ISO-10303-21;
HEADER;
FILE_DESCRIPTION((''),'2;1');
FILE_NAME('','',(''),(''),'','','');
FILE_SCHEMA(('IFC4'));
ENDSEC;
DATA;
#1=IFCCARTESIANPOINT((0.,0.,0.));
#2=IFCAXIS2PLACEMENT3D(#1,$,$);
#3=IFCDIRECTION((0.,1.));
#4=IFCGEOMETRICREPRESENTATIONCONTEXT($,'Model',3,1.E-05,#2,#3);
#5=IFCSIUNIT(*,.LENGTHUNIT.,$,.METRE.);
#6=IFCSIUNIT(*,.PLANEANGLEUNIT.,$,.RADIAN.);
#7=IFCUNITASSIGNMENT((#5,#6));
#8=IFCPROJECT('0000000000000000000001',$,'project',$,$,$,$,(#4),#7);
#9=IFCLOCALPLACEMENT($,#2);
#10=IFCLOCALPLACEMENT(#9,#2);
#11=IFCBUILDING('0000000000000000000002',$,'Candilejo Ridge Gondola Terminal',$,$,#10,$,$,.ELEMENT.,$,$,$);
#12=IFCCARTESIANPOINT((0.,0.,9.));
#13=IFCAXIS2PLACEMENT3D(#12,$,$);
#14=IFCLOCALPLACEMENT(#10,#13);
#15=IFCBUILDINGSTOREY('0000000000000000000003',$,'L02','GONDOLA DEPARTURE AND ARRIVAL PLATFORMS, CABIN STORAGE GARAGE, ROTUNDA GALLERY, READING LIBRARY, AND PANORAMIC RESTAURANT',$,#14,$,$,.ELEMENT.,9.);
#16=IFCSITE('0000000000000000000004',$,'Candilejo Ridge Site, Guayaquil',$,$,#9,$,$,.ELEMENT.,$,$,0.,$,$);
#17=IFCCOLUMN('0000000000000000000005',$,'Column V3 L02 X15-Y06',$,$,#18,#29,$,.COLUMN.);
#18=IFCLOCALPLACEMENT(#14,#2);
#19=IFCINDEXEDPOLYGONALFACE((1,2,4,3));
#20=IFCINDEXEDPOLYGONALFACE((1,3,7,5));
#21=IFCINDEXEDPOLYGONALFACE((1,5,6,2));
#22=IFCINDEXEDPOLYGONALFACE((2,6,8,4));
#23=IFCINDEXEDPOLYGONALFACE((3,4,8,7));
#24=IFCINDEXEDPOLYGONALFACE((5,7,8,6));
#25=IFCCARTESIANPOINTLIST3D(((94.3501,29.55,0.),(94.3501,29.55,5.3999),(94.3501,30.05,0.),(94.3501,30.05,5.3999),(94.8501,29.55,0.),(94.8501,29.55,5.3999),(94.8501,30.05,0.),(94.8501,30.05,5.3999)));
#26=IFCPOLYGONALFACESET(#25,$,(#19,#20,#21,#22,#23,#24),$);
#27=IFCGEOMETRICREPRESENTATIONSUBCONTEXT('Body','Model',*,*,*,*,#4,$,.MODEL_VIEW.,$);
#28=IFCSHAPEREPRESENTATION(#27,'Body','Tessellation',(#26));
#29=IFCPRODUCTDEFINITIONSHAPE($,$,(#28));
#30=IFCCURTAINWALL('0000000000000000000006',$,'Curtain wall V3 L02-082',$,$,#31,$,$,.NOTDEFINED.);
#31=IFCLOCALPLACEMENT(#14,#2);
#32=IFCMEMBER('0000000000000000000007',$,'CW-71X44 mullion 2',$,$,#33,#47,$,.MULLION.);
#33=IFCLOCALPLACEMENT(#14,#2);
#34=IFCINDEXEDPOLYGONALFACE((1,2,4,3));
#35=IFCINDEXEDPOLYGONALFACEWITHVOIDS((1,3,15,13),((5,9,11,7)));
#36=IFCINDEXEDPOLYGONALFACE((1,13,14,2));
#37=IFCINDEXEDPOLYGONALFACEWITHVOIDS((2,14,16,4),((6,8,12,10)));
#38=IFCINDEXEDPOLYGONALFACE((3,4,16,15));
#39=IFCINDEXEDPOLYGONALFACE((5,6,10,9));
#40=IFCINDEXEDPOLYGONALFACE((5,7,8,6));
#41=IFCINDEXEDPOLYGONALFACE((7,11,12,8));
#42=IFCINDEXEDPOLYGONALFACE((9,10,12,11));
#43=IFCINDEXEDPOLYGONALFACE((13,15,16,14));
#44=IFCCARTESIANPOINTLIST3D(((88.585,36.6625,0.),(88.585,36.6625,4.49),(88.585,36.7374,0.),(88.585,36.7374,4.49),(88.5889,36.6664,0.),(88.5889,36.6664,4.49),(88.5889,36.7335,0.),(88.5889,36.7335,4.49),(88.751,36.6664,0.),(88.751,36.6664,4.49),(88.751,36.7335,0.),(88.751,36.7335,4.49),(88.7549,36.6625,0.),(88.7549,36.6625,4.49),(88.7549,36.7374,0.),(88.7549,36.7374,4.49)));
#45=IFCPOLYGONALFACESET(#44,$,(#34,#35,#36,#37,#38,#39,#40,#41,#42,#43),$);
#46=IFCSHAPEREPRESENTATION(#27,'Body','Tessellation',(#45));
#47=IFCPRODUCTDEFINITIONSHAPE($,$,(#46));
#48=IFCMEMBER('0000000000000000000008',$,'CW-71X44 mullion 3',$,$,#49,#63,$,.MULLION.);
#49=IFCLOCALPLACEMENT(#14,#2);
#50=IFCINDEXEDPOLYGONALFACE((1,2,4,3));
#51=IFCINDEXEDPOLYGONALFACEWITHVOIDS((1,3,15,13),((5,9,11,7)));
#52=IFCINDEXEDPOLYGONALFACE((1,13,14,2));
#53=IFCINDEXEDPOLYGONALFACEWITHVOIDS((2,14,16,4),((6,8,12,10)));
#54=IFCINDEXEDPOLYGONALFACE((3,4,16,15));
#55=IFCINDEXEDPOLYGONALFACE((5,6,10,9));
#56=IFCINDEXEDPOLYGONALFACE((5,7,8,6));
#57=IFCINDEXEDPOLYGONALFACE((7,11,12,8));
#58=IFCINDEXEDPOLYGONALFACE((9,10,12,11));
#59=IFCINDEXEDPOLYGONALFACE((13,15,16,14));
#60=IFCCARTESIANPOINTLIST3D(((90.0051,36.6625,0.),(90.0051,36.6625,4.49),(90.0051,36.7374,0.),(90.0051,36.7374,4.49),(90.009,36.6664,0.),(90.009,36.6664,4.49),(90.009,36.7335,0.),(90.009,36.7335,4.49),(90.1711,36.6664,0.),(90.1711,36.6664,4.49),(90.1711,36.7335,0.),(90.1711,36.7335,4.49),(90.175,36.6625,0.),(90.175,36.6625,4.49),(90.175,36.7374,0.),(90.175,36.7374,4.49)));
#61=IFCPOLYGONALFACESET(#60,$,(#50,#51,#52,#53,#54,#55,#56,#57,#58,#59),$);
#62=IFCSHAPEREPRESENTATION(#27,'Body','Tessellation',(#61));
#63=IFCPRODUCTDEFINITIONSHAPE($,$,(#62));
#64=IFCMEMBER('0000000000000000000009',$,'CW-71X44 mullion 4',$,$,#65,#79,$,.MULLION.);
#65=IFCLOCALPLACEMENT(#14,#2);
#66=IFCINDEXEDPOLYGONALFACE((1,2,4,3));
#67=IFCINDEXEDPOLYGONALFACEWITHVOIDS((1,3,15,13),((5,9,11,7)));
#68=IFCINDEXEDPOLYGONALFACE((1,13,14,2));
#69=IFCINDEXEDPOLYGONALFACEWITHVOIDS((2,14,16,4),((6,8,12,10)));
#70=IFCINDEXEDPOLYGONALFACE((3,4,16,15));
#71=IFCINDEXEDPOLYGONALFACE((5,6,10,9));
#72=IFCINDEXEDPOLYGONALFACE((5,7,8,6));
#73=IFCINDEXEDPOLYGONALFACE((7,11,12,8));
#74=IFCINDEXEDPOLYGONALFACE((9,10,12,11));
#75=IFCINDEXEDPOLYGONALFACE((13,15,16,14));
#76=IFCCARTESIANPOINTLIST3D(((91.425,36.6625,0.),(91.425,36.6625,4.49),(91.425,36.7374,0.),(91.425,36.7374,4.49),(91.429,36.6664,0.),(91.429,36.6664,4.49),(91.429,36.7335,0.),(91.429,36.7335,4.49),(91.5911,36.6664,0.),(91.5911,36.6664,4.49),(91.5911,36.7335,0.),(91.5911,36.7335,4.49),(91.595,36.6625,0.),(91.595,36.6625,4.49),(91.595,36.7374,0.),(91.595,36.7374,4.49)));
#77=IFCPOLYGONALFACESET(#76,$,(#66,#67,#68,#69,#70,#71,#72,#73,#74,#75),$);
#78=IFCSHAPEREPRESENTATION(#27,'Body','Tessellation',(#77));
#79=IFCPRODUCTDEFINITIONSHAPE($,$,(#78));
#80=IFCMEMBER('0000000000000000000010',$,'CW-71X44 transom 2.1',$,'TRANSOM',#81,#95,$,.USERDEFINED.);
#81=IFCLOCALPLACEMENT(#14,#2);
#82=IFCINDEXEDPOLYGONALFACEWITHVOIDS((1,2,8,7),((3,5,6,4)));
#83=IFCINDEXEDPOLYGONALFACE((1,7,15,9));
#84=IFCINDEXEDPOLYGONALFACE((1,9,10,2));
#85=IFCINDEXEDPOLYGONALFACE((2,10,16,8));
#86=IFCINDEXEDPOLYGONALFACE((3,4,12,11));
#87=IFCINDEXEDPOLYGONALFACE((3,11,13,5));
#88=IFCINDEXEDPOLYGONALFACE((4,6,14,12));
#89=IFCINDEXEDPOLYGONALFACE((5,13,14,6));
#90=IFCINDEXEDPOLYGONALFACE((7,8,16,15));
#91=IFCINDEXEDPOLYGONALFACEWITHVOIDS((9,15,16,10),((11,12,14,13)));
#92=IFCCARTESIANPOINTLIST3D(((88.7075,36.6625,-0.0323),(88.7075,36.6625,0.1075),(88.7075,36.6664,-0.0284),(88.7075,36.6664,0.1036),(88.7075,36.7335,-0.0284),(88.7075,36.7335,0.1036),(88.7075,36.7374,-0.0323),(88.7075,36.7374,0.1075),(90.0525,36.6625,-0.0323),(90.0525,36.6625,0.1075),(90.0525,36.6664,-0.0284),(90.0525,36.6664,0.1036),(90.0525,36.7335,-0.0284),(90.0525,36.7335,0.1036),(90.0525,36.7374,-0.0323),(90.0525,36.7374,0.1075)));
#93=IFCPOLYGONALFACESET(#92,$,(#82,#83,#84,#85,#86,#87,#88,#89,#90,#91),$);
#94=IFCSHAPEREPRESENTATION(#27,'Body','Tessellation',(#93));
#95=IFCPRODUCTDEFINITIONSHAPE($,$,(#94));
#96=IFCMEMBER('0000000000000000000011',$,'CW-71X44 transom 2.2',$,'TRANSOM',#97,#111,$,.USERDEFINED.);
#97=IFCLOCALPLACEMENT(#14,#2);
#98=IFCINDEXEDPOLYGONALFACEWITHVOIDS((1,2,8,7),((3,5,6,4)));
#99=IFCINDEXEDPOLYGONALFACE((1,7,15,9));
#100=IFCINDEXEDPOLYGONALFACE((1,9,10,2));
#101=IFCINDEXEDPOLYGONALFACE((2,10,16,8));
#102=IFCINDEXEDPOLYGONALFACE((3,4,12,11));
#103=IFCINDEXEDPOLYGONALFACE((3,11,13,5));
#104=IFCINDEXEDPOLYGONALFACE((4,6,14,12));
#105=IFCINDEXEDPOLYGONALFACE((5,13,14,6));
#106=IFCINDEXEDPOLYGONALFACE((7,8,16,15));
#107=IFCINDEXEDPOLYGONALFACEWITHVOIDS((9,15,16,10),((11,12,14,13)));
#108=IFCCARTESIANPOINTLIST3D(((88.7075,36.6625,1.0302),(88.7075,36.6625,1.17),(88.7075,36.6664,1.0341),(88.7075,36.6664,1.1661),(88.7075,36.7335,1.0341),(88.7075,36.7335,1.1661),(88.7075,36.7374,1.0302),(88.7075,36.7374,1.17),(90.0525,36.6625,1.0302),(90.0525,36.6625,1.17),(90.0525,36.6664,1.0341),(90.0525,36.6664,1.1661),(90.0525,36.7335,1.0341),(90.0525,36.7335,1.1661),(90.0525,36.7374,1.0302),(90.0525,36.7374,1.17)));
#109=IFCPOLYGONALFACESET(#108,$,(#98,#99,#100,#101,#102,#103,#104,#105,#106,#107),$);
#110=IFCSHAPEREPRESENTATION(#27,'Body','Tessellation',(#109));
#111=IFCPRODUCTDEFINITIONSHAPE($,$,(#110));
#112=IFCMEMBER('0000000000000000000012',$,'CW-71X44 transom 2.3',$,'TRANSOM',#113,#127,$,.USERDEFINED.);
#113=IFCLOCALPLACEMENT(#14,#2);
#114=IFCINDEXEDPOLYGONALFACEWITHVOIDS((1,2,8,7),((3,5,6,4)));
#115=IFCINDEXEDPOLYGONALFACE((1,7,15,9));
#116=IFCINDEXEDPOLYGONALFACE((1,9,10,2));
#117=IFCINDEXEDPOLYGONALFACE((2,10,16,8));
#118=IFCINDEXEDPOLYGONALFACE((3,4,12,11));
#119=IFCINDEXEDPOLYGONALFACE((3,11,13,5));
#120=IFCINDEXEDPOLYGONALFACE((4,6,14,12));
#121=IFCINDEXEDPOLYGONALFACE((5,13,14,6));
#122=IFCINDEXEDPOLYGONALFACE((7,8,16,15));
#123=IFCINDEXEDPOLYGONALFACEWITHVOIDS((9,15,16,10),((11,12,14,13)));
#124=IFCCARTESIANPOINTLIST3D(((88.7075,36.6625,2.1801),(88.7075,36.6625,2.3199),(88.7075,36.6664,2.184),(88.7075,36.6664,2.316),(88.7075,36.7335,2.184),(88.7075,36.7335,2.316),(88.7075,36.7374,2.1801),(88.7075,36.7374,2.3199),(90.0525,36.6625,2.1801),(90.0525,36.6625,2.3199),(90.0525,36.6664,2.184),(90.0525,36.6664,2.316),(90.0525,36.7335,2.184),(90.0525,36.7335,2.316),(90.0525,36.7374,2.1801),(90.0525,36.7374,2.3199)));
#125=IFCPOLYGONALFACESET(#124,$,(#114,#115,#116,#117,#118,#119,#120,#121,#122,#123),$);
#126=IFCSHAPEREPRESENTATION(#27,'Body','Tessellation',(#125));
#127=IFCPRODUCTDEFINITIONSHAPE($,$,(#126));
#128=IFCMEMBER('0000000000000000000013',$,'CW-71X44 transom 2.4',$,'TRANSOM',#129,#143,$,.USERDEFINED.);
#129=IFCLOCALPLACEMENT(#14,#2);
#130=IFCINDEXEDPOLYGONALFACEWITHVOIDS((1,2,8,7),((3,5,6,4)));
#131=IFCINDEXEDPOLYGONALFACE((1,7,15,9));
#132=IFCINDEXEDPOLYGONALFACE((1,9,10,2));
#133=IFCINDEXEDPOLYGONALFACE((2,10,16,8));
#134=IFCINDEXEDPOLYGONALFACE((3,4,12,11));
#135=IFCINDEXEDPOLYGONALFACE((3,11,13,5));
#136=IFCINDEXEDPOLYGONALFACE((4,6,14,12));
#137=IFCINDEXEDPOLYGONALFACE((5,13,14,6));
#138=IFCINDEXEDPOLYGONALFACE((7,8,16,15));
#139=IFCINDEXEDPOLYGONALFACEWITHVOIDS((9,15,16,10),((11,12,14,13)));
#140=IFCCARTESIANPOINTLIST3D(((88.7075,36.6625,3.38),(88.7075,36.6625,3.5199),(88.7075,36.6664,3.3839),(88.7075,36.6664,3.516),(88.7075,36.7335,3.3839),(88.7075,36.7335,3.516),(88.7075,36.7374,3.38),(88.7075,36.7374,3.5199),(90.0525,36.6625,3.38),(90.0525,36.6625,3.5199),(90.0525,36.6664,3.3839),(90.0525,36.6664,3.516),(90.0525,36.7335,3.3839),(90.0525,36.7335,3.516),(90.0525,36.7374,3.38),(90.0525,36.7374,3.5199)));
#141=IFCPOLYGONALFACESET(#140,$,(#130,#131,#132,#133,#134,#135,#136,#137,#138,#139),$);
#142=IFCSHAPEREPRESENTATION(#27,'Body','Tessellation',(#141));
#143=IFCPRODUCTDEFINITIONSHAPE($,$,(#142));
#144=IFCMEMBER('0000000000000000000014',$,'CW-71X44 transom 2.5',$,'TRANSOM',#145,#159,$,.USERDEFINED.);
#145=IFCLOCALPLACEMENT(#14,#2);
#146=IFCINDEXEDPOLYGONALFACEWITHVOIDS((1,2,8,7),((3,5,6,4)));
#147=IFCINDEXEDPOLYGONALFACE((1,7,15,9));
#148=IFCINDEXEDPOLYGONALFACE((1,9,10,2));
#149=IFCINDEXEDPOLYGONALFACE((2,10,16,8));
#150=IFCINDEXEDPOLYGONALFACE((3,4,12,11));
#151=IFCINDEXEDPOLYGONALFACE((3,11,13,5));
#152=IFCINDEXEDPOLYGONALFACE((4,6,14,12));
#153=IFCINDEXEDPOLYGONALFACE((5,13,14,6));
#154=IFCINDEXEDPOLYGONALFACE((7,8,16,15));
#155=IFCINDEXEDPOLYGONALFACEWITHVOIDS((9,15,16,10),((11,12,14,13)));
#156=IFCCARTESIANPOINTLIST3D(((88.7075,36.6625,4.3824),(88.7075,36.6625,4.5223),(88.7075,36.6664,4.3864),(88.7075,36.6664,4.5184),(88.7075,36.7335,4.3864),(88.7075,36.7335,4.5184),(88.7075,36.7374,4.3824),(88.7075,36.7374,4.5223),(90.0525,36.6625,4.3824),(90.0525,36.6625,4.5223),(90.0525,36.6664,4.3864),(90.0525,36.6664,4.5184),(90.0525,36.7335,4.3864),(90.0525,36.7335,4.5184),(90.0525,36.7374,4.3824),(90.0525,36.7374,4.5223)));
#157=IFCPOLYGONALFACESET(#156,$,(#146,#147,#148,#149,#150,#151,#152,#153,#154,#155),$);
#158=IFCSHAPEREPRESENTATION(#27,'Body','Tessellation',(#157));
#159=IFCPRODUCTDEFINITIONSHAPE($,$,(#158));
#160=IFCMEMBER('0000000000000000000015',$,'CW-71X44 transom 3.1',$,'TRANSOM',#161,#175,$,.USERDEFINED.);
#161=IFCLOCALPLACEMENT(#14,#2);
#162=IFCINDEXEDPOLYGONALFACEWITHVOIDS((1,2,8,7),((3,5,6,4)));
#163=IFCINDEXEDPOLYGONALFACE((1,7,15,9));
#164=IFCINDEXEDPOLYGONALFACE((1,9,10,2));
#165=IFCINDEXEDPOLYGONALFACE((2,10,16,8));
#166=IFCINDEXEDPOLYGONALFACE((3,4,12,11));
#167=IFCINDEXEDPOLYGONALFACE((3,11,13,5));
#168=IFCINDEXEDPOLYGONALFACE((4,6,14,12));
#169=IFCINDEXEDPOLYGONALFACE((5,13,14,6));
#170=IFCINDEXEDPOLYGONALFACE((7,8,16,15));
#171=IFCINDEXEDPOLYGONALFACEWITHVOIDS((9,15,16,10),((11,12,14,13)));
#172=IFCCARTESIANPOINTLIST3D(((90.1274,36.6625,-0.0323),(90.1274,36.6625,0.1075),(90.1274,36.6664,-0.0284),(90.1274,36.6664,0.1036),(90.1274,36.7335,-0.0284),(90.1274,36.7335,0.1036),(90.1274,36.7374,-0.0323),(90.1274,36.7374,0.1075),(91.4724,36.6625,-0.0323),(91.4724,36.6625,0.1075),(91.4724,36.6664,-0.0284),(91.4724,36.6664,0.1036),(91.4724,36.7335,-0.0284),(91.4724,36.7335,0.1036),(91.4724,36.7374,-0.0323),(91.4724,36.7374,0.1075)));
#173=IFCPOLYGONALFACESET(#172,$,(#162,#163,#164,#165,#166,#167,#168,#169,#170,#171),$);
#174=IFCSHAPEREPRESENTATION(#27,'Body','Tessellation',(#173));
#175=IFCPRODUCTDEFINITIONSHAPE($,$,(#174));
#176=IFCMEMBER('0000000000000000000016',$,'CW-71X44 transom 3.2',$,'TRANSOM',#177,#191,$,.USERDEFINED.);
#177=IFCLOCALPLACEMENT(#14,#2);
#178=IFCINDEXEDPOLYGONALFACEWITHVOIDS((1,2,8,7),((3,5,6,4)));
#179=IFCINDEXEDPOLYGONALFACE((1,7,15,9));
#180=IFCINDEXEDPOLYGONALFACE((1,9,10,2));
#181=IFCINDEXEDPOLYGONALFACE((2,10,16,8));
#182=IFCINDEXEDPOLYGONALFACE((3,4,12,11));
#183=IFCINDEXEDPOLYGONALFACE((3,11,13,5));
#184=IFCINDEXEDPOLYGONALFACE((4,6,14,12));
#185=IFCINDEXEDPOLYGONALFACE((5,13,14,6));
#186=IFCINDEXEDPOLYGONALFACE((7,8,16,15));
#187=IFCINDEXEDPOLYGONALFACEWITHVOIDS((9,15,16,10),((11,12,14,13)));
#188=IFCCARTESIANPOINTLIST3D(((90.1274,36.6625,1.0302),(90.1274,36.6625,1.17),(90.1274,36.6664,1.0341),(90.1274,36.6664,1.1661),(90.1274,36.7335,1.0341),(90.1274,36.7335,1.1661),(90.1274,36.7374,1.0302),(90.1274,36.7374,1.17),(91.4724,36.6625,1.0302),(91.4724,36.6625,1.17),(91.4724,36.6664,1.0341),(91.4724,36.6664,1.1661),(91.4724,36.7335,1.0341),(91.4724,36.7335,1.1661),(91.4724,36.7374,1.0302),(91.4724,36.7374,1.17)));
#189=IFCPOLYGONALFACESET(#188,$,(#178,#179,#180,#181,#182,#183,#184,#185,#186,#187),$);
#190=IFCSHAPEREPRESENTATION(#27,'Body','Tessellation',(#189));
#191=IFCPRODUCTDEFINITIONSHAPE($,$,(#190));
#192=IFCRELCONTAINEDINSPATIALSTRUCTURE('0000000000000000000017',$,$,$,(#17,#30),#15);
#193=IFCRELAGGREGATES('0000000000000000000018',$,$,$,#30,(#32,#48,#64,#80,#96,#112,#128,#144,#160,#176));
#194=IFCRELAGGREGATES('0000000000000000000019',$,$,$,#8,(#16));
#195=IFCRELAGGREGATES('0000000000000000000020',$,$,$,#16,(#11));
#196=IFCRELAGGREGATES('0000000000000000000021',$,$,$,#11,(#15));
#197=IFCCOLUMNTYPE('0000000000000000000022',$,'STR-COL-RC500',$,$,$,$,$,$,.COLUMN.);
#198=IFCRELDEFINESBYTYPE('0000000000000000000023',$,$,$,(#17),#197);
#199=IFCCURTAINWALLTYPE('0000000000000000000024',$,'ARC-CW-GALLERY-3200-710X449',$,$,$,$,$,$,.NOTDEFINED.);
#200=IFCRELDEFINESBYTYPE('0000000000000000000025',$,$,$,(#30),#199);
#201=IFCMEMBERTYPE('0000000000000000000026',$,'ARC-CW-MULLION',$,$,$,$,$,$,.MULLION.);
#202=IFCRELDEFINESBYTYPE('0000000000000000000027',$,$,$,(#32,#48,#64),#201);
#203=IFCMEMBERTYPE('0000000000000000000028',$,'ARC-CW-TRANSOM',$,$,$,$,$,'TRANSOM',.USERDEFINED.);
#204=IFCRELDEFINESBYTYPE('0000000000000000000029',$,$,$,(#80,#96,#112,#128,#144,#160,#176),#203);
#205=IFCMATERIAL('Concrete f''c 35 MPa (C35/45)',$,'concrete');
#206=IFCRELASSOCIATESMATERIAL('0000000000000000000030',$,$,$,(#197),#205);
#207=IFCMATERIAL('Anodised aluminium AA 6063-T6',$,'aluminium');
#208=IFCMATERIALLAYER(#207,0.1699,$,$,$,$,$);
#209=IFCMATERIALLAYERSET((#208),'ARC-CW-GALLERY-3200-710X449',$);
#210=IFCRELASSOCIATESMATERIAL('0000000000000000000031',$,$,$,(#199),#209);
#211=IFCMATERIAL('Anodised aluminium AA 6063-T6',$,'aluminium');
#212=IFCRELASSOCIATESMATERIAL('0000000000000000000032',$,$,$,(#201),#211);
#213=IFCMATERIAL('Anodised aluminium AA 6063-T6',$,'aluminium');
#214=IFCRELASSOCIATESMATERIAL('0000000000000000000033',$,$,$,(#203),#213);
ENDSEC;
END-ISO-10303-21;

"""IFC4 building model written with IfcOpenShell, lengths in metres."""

from ifc_helpers import new_model, si_unit, direction, frame, origin, origin_2d, place, context, subcontext, project, spatial, rectangle, hollow_rectangle, extrude, material, layer, layer_set, material_profile, profile_set, type_object, element, aggregate, save


model = new_model("IFC4")

# Units and contexts
model_context = context("Model", 3, precision=1e-05, world=origin(), true_north=direction((0.0, 1.0)))
body_context = subcontext(model_context, "Body", "Model", "MODEL_VIEW")
ifc_project = project(units=[si_unit("LENGTHUNIT", "METRE"), si_unit("PLANEANGLEUNIT", "RADIAN")], contexts=[model_context])

# Site, building, storey
site_placement = place(None, origin())
site = spatial("IfcSite", under=ifc_project, at=site_placement, Name="Candilejo Ridge Site, Guayaquil", CompositionType="ELEMENT", RefElevation=0.0)
building_placement = place(site_placement, origin())
building = spatial("IfcBuilding", under=site, at=building_placement, Name="Candilejo Ridge Gondola Terminal", CompositionType="ELEMENT")
storey_placement = place(building_placement, frame((0.0, 0.0, 9.0)))
storey = spatial("IfcBuildingStorey", under=building, at=storey_placement, Name="L02", Description="GONDOLA DEPARTURE AND ARRIVAL PLATFORMS, CABIN STORAGE GARAGE, ROTUNDA GALLERY, READING LIBRARY, AND PANORAMIC RESTAURANT", CompositionType="ELEMENT", Elevation=9.0)

# Column
ifc_material_1 = material(Name="Concrete f'c 35 MPa (C35/45)", Category="concrete")
ifc_material_profile_1 = material_profile(ifc_material_1, rectangle(XDim=0.5, YDim=0.5, at=origin_2d()))
ifc_profile_set_1 = profile_set([ifc_material_profile_1], Name="Concrete f'c 35 MPa (C35/45)")
column_type = type_object("IfcColumnType", Name="STR-COL-RC500", PredefinedType="COLUMN", material=ifc_profile_set_1)
column_placement = place(storey_placement, frame((94.6001, 29.8, 0.0), z_axis=(0.0, 0.0, 1.0), x_axis=(1.0, 0.0, 0.0)))
element("IfcColumn", 1, at=column_placement, inside=storey, type_object=column_type, Name="Column V3 L02 X15-Y06", PredefinedType="COLUMN", context=body_context, shape_type="SweptSolid", body=[
    extrude(rectangle(XDim=0.5, YDim=0.5, at=origin_2d()), origin(), (0.0, 0.0, 1.0), 5.3999),
])

# Curtain wall, members
ifc_material_2 = material(Name="Anodised aluminium AA 6063-T6", Category="aluminium")
ifc_layer_1 = layer(ifc_material_2, 0.1699)
ifc_layer_set_1 = layer_set([ifc_layer_1], Name="ARC-CW-GALLERY-3200-710X449")
curtain_wall_type = type_object("IfcCurtainWallType", Name="ARC-CW-GALLERY-3200-710X449", PredefinedType="NOTDEFINED", material=ifc_layer_set_1)
curtain_wall_placement = place(storey_placement, origin())
curtain_wall = element("IfcCurtainWall", 2, at=curtain_wall_placement, inside=storey, type_object=curtain_wall_type, Name="Curtain wall V3 L02-082", PredefinedType="NOTDEFINED")
ifc_material_3 = material(Name="Anodised aluminium AA 6063-T6", Category="aluminium")
ifc_material_profile_2 = material_profile(ifc_material_3, hollow_rectangle(XDim=0.075, YDim=0.1699, WallThickness=0.0039, at=origin_2d()))
ifc_profile_set_2 = profile_set([ifc_material_profile_2], Name="Anodised aluminium AA 6063-T6")
member_type_1 = type_object("IfcMemberType", Name="ARC-CW-MULLION", PredefinedType="MULLION", material=ifc_profile_set_2)
member_1_placement = place(storey_placement, frame((88.6699, 36.7, 0.0), z_axis=(0.0, 0.0, 1.0), x_axis=(0.0, 1.0, 0.0)))
member_1 = element("IfcMember", 3, at=member_1_placement, type_object=member_type_1, Name="CW-71X44 mullion 2", PredefinedType="MULLION", context=body_context, shape_type="SweptSolid", body=[
    extrude(hollow_rectangle(XDim=0.075, YDim=0.1699, WallThickness=0.0039, at=origin_2d()), origin(), (0.0, 0.0, 1.0), 4.49),
])
member_2_placement = place(storey_placement, frame((90.0901, 36.7, 0.0), z_axis=(0.0, 0.0, 1.0), x_axis=(0.0, 1.0, 0.0)))
member_2 = element("IfcMember", 4, at=member_2_placement, type_object=member_type_1, Name="CW-71X44 mullion 3", PredefinedType="MULLION", context=body_context, shape_type="SweptSolid", body=[
    extrude(hollow_rectangle(XDim=0.075, YDim=0.1699, WallThickness=0.0039, at=origin_2d()), origin(), (0.0, 0.0, 1.0), 4.49),
])
member_3_placement = place(storey_placement, frame((91.51, 36.7, 0.0), z_axis=(0.0, 0.0, 1.0), x_axis=(0.0, 1.0, 0.0)))
member_3 = element("IfcMember", 5, at=member_3_placement, type_object=member_type_1, Name="CW-71X44 mullion 4", PredefinedType="MULLION", context=body_context, shape_type="SweptSolid", body=[
    extrude(hollow_rectangle(XDim=0.075, YDim=0.1699, WallThickness=0.0039, at=origin_2d()), origin(), (0.0, 0.0, 1.0), 4.49),
])
ifc_material_4 = material(Name="Anodised aluminium AA 6063-T6", Category="aluminium")
ifc_material_profile_3 = material_profile(ifc_material_4, hollow_rectangle(XDim=0.075, YDim=0.1399, WallThickness=0.0039, at=origin_2d()))
ifc_profile_set_3 = profile_set([ifc_material_profile_3], Name="Anodised aluminium AA 6063-T6")
member_type_2 = type_object("IfcMemberType", Name="ARC-CW-TRANSOM", ElementType="TRANSOM", PredefinedType="USERDEFINED", material=ifc_profile_set_3)
member_4_placement = place(storey_placement, frame((88.7075, 36.7, 0.0376), z_axis=(1.0, 0.0, 0.0), x_axis=(0.0, 1.0, 0.0)))
member_4 = element("IfcMember", 6, at=member_4_placement, type_object=member_type_2, Name="CW-71X44 transom 2.1", ObjectType="TRANSOM", PredefinedType="USERDEFINED", context=body_context, shape_type="SweptSolid", body=[
    extrude(hollow_rectangle(XDim=0.075, YDim=0.1399, WallThickness=0.0039, at=origin_2d()), origin(), (0.0, 0.0, 1.0), 1.345),
])
member_5_placement = place(storey_placement, frame((88.7075, 36.7, 1.1001), z_axis=(1.0, 0.0, 0.0), x_axis=(0.0, 1.0, 0.0)))
member_5 = element("IfcMember", 7, at=member_5_placement, type_object=member_type_2, Name="CW-71X44 transom 2.2", ObjectType="TRANSOM", PredefinedType="USERDEFINED", context=body_context, shape_type="SweptSolid", body=[
    extrude(hollow_rectangle(XDim=0.075, YDim=0.1399, WallThickness=0.0039, at=origin_2d()), origin(), (0.0, 0.0, 1.0), 1.345),
])
member_6_placement = place(storey_placement, frame((88.7075, 36.7, 2.25), z_axis=(1.0, 0.0, 0.0), x_axis=(0.0, 1.0, 0.0)))
member_6 = element("IfcMember", 8, at=member_6_placement, type_object=member_type_2, Name="CW-71X44 transom 2.3", ObjectType="TRANSOM", PredefinedType="USERDEFINED", context=body_context, shape_type="SweptSolid", body=[
    extrude(hollow_rectangle(XDim=0.075, YDim=0.1399, WallThickness=0.0039, at=origin_2d()), origin(), (0.0, 0.0, 1.0), 1.345),
])
member_7_placement = place(storey_placement, frame((88.7075, 36.7, 3.45), z_axis=(1.0, 0.0, 0.0), x_axis=(0.0, 1.0, 0.0)))
member_7 = element("IfcMember", 9, at=member_7_placement, type_object=member_type_2, Name="CW-71X44 transom 2.4", ObjectType="TRANSOM", PredefinedType="USERDEFINED", context=body_context, shape_type="SweptSolid", body=[
    extrude(hollow_rectangle(XDim=0.075, YDim=0.1399, WallThickness=0.0039, at=origin_2d()), origin(), (0.0, 0.0, 1.0), 1.345),
])
member_8_placement = place(storey_placement, frame((88.7075, 36.7, 4.4524), z_axis=(1.0, 0.0, 0.0), x_axis=(0.0, 1.0, 0.0)))
member_8 = element("IfcMember", 10, at=member_8_placement, type_object=member_type_2, Name="CW-71X44 transom 2.5", ObjectType="TRANSOM", PredefinedType="USERDEFINED", context=body_context, shape_type="SweptSolid", body=[
    extrude(hollow_rectangle(XDim=0.075, YDim=0.1399, WallThickness=0.0039, at=origin_2d()), origin(), (0.0, 0.0, 1.0), 1.345),
])
member_9_placement = place(storey_placement, frame((90.1274, 36.7, 0.0376), z_axis=(1.0, 0.0, 0.0), x_axis=(0.0, 1.0, 0.0)))
member_9 = element("IfcMember", 11, at=member_9_placement, type_object=member_type_2, Name="CW-71X44 transom 3.1", ObjectType="TRANSOM", PredefinedType="USERDEFINED", context=body_context, shape_type="SweptSolid", body=[
    extrude(hollow_rectangle(XDim=0.075, YDim=0.1399, WallThickness=0.0039, at=origin_2d()), origin(), (0.0, 0.0, 1.0), 1.345),
])
member_10_placement = place(storey_placement, frame((90.1274, 36.7, 1.1001), z_axis=(1.0, 0.0, 0.0), x_axis=(0.0, 1.0, 0.0)))
member_10 = element("IfcMember", 12, at=member_10_placement, type_object=member_type_2, Name="CW-71X44 transom 3.2", ObjectType="TRANSOM", PredefinedType="USERDEFINED", context=body_context, shape_type="SweptSolid", body=[
    extrude(hollow_rectangle(XDim=0.075, YDim=0.1399, WallThickness=0.0039, at=origin_2d()), origin(), (0.0, 0.0, 1.0), 1.345),
])

aggregate(curtain_wall, [member_1, member_2, member_3, member_4, member_5, member_6, member_7, member_8, member_9, member_10])

save(model, "model.ifc")
